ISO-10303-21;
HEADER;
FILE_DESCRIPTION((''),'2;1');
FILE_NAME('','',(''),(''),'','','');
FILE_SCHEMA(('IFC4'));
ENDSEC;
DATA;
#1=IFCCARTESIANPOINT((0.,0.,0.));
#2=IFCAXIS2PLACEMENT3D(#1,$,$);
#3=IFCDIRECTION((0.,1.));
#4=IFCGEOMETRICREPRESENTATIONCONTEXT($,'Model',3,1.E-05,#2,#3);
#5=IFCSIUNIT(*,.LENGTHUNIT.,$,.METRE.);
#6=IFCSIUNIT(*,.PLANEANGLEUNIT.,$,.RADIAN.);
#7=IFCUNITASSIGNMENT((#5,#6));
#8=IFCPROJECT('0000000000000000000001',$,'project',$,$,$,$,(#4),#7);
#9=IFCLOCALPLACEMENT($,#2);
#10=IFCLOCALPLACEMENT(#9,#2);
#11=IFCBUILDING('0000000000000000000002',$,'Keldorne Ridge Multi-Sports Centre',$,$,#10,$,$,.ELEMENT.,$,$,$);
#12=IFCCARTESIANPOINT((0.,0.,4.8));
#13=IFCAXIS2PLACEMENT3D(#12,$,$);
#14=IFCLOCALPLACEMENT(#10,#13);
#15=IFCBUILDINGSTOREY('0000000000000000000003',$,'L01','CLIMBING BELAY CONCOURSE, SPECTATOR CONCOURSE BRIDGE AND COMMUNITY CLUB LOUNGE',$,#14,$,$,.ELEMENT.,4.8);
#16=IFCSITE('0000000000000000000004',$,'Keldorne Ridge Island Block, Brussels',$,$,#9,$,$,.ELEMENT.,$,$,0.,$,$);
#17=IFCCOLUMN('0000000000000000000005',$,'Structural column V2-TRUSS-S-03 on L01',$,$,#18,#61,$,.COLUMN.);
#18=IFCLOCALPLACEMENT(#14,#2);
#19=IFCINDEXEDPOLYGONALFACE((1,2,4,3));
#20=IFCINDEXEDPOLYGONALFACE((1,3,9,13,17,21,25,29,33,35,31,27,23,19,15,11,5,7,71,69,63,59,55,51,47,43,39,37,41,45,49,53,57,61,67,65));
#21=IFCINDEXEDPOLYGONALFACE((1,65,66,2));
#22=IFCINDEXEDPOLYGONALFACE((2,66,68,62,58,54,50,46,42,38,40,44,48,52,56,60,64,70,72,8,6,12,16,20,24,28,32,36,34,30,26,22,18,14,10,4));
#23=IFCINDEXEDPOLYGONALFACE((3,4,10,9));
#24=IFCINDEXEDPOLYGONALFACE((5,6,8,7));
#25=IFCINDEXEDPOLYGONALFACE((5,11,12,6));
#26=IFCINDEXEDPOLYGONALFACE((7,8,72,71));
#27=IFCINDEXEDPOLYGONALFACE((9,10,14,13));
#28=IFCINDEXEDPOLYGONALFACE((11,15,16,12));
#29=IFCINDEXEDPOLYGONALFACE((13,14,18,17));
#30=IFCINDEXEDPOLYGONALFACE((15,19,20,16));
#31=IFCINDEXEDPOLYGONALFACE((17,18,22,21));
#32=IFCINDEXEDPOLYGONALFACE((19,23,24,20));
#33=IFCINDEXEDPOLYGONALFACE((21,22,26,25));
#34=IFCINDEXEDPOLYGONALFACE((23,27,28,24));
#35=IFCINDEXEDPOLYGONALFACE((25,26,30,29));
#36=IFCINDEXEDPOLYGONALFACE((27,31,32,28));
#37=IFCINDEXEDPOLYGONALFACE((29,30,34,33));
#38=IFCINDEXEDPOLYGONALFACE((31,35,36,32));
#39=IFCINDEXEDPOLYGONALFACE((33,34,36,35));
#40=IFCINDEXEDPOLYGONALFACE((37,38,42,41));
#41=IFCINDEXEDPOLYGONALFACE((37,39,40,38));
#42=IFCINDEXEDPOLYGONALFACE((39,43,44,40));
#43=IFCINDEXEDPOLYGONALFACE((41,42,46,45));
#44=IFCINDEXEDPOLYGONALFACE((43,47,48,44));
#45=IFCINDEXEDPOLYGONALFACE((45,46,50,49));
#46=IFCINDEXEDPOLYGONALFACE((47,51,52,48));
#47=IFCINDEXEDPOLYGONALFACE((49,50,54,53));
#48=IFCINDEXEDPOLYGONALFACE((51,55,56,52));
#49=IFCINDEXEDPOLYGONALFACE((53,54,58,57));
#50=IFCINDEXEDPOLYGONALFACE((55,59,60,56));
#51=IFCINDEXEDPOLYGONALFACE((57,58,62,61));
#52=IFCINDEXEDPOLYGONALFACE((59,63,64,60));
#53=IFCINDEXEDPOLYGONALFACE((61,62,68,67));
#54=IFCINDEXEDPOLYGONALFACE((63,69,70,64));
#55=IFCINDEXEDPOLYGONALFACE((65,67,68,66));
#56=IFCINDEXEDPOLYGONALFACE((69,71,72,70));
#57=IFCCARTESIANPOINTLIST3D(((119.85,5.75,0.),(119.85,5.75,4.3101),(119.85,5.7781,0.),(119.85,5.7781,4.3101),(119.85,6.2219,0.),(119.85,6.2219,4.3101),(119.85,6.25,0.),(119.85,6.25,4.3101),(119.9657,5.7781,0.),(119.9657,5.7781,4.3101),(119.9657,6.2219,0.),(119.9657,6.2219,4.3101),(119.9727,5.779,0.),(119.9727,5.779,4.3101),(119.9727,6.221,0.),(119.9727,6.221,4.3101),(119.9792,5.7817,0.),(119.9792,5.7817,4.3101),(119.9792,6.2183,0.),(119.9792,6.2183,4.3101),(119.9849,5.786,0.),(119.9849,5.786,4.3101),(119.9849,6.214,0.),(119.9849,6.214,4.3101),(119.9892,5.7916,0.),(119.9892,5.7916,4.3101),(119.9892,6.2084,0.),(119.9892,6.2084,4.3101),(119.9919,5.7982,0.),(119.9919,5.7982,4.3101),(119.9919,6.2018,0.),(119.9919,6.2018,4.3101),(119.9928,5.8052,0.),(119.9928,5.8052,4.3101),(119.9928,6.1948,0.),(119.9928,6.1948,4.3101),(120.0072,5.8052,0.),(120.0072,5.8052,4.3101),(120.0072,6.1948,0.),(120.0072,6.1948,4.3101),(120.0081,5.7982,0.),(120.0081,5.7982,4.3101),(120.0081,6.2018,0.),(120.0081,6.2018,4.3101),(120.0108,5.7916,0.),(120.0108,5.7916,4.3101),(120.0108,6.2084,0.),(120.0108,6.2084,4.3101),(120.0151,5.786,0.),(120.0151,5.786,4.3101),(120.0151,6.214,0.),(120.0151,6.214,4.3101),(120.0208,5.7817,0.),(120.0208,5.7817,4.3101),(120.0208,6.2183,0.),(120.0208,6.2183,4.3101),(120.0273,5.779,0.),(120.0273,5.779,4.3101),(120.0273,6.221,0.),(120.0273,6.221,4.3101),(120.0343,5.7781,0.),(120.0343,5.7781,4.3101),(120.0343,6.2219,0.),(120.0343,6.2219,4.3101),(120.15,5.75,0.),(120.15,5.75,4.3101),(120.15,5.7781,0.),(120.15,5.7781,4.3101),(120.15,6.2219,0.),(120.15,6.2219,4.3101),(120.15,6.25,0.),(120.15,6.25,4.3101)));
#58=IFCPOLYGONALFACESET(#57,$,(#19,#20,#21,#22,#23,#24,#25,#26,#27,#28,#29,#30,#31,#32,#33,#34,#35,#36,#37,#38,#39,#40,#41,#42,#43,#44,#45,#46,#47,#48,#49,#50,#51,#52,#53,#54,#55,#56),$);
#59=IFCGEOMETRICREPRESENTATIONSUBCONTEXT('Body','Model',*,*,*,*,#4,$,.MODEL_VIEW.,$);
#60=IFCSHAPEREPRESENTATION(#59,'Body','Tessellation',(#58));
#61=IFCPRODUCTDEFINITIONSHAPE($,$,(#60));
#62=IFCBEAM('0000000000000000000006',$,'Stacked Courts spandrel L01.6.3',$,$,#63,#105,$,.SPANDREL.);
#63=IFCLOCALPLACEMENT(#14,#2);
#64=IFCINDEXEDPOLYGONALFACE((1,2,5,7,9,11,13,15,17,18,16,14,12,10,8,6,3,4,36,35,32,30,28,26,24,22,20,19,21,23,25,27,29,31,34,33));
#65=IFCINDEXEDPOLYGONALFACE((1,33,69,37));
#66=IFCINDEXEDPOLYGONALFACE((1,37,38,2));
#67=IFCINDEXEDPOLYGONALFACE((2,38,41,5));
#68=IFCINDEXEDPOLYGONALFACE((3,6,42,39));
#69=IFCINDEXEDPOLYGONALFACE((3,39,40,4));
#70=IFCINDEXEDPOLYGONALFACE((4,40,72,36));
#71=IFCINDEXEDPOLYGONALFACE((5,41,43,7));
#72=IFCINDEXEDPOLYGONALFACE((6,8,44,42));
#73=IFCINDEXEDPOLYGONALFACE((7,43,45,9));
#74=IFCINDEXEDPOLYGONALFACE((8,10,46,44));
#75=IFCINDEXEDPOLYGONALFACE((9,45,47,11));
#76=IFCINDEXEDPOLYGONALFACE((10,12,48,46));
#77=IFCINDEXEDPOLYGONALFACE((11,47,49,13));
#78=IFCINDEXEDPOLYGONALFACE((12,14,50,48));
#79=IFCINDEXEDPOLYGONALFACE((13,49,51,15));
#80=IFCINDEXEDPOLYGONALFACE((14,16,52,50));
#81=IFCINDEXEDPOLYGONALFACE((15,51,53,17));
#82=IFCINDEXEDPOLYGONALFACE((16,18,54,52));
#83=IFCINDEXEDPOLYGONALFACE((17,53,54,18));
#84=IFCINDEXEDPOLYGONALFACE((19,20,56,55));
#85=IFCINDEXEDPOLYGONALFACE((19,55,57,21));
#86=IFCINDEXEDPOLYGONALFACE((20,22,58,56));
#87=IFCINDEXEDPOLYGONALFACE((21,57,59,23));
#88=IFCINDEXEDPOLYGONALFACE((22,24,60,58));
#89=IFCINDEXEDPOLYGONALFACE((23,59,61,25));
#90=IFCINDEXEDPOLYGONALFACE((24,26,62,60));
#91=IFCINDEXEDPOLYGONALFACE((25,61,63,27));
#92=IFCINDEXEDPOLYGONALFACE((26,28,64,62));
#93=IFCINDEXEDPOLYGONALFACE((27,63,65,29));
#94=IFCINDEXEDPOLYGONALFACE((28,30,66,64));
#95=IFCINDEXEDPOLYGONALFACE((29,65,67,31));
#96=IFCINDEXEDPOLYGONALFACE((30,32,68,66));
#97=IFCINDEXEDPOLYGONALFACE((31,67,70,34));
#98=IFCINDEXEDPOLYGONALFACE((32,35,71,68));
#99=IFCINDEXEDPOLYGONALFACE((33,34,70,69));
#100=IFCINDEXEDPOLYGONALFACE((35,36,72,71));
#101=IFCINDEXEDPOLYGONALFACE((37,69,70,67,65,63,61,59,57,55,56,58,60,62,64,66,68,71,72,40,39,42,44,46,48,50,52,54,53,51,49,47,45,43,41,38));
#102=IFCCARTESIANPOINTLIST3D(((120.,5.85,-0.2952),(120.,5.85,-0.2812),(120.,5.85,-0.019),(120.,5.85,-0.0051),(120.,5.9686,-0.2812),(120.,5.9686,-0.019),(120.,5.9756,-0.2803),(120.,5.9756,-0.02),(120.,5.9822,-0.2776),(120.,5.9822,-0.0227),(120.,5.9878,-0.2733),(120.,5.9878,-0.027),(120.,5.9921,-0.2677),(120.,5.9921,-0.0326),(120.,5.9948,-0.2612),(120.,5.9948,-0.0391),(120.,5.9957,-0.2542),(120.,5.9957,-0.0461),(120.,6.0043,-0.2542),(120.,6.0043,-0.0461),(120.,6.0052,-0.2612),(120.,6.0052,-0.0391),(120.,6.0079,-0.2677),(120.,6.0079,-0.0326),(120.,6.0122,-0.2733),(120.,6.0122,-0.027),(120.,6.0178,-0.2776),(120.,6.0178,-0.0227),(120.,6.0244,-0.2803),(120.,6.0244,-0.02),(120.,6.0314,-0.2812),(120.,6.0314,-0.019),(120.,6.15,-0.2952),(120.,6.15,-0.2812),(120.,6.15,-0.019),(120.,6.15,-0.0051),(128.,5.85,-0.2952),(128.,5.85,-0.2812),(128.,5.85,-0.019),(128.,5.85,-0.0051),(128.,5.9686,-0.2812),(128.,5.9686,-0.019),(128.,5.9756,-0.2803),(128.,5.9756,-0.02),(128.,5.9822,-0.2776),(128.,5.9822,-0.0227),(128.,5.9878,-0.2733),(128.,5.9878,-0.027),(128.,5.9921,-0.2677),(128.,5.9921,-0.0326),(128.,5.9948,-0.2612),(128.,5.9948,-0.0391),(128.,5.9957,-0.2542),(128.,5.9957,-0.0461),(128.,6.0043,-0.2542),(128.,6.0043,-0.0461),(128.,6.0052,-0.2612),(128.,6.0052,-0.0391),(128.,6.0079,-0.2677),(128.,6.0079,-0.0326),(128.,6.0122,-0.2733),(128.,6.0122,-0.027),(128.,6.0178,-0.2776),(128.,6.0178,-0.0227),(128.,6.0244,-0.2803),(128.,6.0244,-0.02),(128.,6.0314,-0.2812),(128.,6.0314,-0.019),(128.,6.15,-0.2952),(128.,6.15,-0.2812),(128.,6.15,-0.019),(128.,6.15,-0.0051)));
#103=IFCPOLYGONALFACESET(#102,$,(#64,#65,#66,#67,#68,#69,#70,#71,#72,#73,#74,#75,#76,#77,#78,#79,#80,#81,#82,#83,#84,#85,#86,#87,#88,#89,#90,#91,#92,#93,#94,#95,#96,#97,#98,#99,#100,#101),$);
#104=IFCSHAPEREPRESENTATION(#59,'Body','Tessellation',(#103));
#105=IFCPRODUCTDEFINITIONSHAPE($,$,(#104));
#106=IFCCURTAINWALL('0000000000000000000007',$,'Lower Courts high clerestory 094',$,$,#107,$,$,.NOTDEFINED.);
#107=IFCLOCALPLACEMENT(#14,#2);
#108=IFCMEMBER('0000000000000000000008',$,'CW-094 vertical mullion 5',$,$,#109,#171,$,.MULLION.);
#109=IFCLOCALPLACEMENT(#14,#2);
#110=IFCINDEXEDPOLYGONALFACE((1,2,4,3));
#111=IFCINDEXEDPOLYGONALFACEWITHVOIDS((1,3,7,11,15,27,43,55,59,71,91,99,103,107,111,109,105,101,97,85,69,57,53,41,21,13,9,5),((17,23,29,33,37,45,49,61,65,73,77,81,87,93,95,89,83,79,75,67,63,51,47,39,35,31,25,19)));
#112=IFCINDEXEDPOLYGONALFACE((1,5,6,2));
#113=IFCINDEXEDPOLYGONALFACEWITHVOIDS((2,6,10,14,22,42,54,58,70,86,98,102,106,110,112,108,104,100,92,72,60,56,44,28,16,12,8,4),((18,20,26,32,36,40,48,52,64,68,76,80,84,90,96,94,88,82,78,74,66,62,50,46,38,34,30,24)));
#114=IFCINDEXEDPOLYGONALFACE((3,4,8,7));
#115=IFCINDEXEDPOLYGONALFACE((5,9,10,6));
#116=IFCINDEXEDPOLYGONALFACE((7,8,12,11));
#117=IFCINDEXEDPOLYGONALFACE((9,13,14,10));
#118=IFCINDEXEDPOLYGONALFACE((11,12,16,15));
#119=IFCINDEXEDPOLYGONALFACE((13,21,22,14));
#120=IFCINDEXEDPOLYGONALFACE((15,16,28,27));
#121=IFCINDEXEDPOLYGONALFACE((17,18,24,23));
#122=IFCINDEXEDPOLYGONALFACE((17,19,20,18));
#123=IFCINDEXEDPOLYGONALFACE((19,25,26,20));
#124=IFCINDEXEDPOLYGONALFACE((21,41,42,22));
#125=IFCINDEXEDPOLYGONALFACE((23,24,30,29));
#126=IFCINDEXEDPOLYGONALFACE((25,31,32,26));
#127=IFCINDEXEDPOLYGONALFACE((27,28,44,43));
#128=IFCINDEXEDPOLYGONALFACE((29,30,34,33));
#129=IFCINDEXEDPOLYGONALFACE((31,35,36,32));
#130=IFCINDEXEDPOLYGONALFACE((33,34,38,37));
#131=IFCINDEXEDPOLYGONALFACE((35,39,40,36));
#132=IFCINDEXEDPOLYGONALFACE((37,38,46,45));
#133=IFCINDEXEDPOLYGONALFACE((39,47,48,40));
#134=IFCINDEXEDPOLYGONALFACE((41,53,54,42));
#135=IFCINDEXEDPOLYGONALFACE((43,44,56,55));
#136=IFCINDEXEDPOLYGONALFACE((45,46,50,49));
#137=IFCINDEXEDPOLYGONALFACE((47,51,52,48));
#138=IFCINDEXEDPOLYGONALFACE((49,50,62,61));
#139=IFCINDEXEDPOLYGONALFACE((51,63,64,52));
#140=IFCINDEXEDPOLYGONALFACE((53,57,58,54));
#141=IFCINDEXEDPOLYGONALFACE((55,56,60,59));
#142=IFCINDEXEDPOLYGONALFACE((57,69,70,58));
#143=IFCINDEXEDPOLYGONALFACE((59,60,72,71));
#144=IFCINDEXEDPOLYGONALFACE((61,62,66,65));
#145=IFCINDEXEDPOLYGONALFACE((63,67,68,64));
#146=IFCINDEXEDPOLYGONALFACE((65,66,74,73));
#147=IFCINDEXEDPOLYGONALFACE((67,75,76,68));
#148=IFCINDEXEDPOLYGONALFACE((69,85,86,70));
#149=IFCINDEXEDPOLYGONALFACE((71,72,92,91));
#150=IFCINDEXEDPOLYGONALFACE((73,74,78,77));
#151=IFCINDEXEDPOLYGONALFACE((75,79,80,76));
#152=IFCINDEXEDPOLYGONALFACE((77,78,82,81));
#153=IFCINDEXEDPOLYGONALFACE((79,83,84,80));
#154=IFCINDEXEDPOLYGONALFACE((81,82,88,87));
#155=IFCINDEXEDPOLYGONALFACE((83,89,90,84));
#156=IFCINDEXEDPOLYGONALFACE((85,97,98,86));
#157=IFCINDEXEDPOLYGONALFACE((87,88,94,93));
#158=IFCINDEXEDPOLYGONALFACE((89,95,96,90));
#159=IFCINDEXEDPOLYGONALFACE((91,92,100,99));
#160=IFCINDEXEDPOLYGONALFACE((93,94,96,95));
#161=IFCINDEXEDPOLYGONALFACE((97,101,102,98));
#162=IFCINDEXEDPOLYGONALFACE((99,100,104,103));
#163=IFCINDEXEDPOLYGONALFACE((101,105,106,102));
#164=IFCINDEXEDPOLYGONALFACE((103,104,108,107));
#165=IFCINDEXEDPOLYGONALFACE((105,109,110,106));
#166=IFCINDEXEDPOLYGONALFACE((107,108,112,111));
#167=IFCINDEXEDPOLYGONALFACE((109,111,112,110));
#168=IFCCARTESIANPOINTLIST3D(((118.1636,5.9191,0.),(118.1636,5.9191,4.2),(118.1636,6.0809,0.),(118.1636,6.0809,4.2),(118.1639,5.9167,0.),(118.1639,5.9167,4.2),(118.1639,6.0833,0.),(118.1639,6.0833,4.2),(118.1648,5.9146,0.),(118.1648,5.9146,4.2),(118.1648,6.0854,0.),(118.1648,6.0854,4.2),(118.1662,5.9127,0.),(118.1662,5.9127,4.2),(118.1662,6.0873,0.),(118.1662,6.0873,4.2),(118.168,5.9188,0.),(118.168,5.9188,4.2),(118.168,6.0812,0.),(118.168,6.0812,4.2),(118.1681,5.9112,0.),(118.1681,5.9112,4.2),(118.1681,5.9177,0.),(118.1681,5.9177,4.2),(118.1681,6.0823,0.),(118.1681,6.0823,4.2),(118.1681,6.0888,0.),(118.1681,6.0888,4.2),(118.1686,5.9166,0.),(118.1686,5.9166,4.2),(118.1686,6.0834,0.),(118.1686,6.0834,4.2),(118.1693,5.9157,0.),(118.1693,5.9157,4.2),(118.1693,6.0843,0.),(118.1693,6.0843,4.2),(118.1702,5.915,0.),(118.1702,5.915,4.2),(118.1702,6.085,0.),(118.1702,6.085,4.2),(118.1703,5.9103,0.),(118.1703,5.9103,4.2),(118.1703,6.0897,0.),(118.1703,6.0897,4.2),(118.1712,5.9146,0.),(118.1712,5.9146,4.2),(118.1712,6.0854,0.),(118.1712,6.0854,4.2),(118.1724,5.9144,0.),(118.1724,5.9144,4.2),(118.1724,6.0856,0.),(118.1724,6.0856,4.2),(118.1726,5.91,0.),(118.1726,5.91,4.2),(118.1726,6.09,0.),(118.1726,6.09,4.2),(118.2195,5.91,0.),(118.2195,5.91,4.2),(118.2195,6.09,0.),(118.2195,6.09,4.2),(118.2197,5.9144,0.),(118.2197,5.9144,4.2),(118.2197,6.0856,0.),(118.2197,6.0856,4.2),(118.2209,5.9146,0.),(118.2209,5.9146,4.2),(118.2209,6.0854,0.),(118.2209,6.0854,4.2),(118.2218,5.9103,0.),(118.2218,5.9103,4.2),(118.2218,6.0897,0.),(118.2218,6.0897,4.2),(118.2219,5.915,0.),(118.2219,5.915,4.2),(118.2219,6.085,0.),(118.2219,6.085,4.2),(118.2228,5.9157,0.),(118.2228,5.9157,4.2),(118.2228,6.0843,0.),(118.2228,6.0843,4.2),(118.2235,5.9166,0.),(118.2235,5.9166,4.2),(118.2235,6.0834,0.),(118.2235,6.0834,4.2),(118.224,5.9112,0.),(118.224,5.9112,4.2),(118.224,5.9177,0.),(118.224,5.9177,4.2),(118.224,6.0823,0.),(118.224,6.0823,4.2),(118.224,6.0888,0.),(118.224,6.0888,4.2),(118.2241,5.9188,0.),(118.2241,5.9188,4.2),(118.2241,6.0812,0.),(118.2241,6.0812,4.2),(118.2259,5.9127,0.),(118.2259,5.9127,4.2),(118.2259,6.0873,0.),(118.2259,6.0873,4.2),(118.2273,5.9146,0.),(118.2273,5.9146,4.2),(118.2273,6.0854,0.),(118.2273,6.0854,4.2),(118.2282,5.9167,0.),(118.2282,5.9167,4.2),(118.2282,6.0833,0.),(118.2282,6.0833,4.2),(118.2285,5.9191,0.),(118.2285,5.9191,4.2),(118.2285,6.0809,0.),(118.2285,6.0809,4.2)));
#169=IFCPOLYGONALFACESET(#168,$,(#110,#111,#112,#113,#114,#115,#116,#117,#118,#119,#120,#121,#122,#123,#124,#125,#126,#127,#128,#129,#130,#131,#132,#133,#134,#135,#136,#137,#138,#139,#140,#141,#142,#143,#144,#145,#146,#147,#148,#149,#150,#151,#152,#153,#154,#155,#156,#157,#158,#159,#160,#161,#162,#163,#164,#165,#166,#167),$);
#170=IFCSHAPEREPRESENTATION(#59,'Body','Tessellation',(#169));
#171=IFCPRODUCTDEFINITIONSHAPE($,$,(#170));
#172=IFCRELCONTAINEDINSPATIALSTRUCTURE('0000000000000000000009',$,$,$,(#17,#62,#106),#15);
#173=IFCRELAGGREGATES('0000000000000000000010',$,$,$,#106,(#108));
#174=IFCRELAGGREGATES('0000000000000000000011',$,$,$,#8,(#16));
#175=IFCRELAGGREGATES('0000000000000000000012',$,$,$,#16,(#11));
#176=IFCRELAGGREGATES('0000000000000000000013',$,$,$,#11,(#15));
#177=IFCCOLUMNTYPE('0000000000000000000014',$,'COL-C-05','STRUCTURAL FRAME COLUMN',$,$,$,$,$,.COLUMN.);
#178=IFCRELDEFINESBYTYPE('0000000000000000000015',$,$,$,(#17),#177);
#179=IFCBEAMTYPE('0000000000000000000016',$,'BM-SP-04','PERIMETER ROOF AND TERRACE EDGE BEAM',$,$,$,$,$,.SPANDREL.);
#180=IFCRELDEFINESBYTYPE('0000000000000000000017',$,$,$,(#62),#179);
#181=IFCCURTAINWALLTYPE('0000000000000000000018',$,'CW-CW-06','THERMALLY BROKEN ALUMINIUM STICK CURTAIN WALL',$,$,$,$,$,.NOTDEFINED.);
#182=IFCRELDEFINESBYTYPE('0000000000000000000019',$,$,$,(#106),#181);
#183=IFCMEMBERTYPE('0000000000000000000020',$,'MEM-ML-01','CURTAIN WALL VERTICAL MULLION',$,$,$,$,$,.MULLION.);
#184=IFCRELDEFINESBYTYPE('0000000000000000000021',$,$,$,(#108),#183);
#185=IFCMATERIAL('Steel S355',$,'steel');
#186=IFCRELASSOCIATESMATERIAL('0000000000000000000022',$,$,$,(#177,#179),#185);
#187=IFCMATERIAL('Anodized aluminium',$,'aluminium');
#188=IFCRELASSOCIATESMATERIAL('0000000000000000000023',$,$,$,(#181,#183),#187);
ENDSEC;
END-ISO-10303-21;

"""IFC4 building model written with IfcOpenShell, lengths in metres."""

from ifc_helpers import new_model, si_unit, direction, frame, origin, origin_2d, place, context, subcontext, project, spatial, hollow_rectangle, i_section, extrude, material, material_profile, profile_set, type_object, element, aggregate, save


model = new_model("IFC4")

# Units and contexts
model_context = context("Model", 3, precision=1e-05, world=origin(), true_north=direction((0.0, 1.0)))
body_context = subcontext(model_context, "Body", "Model", "MODEL_VIEW")
ifc_project = project(units=[si_unit("LENGTHUNIT", "METRE"), si_unit("PLANEANGLEUNIT", "RADIAN")], contexts=[model_context])

# Site, building, storey
site_placement = place(None, origin())
site = spatial("IfcSite", under=ifc_project, at=site_placement, Name="Keldorne Ridge Island Block, Brussels", CompositionType="ELEMENT", RefElevation=0.0)
building_placement = place(site_placement, origin())
building = spatial("IfcBuilding", under=site, at=building_placement, Name="Keldorne Ridge Multi-Sports Centre", CompositionType="ELEMENT")
storey_placement = place(building_placement, frame((0.0, 0.0, 4.8)))
storey = spatial("IfcBuildingStorey", under=building, at=storey_placement, Name="L01", Description="CLIMBING BELAY CONCOURSE, SPECTATOR CONCOURSE BRIDGE AND COMMUNITY CLUB LOUNGE", CompositionType="ELEMENT", Elevation=4.8)

# Column
ifc_material_1 = material(Name="Steel S355", Category="steel")
ifc_material_profile_1 = material_profile(ifc_material_1, i_section(OverallWidth=0.3, OverallDepth=0.5, WebThickness=0.0144, FlangeThickness=0.0281, FilletRadius=0.0271, at=origin_2d()), Name="HEB 500")
ifc_profile_set_1 = profile_set([ifc_material_profile_1], Name="Steel S355")
column_type = type_object("IfcColumnType", Name="COL-C-05", Description="STRUCTURAL FRAME COLUMN", PredefinedType="COLUMN", material=ifc_profile_set_1)
column_placement = place(storey_placement, frame((120.0, 6.0, 0.0), z_axis=(0.0, 0.0, 1.0), x_axis=(1.0, 0.0, 0.0)))
element("IfcColumn", 1, at=column_placement, inside=storey, type_object=column_type, Name="Structural column V2-TRUSS-S-03 on L01", PredefinedType="COLUMN", context=body_context, shape_type="SweptSolid", body=[
    extrude(i_section(OverallWidth=0.3, OverallDepth=0.5, WebThickness=0.0144, FlangeThickness=0.0281, FilletRadius=0.0271, at=origin_2d()), origin(), (0.0, 0.0, 1.0), 4.3101),
])

# Beam
ifc_material_profile_2 = material_profile(ifc_material_1, i_section(OverallWidth=0.3, OverallDepth=0.29, WebThickness=0.0085, FlangeThickness=0.0139, FilletRadius=0.0271, at=origin_2d()), Name="HEA 300")
ifc_profile_set_2 = profile_set([ifc_material_profile_2], Name="Steel S355")
beam_type = type_object("IfcBeamType", Name="BM-SP-04", Description="PERIMETER ROOF AND TERRACE EDGE BEAM", PredefinedType="SPANDREL", material=ifc_profile_set_2)
beam_placement = place(storey_placement, frame((120.0, 6.0, -0.1501), z_axis=(1.0, 0.0, 0.0), x_axis=(0.0, 1.0, 0.0)))
element("IfcBeam", 2, at=beam_placement, inside=storey, type_object=beam_type, Name="Stacked Courts spandrel L01.6.3", PredefinedType="SPANDREL", context=body_context, shape_type="SweptSolid", body=[
    extrude(i_section(OverallWidth=0.3, OverallDepth=0.29, WebThickness=0.0085, FlangeThickness=0.0139, FilletRadius=0.0271, at=origin_2d()), origin(), (0.0, 0.0, 1.0), 8.0),
])

# Curtain wall, member
ifc_material_2 = material(Name="Anodized aluminium", Category="aluminium")
curtain_wall_type = type_object("IfcCurtainWallType", Name="CW-CW-06", Description="THERMALLY BROKEN ALUMINIUM STICK CURTAIN WALL", PredefinedType="NOTDEFINED", material=ifc_material_2)
curtain_wall_placement = place(storey_placement, origin())
curtain_wall = element("IfcCurtainWall", 3, at=curtain_wall_placement, inside=storey, type_object=curtain_wall_type, Name="Lower Courts high clerestory 094", PredefinedType="NOTDEFINED")
ifc_material_profile_3 = material_profile(ifc_material_2, hollow_rectangle(XDim=0.0649, YDim=0.1799, WallThickness=0.0044, InnerFilletRadius=0.0044, OuterFilletRadius=0.009, at=origin_2d()), Name="ALU MULLION 180x65x4.5")
ifc_profile_set_3 = profile_set([ifc_material_profile_3], Name="Anodized aluminium")
member_type_1 = type_object("IfcMemberType", Name="MEM-ML-01", Description="CURTAIN WALL VERTICAL MULLION", PredefinedType="MULLION", material=ifc_profile_set_3)
member_1_placement = place(storey_placement, frame((118.196, 6.0, 0.0), z_axis=(0.0, 0.0, 1.0), x_axis=(1.0, 0.0, 0.0)))
member_1 = element("IfcMember", 4, at=member_1_placement, type_object=member_type_1, Name="CW-094 vertical mullion 5", PredefinedType="MULLION", context=body_context, shape_type="SweptSolid", body=[
    extrude(hollow_rectangle(XDim=0.0649, YDim=0.1799, WallThickness=0.0044, InnerFilletRadius=0.0044, OuterFilletRadius=0.009, at=origin_2d()), origin(), (0.0, 0.0, 1.0), 4.2),
])

aggregate(curtain_wall, [member_1])

save(model, "model.ifc")
